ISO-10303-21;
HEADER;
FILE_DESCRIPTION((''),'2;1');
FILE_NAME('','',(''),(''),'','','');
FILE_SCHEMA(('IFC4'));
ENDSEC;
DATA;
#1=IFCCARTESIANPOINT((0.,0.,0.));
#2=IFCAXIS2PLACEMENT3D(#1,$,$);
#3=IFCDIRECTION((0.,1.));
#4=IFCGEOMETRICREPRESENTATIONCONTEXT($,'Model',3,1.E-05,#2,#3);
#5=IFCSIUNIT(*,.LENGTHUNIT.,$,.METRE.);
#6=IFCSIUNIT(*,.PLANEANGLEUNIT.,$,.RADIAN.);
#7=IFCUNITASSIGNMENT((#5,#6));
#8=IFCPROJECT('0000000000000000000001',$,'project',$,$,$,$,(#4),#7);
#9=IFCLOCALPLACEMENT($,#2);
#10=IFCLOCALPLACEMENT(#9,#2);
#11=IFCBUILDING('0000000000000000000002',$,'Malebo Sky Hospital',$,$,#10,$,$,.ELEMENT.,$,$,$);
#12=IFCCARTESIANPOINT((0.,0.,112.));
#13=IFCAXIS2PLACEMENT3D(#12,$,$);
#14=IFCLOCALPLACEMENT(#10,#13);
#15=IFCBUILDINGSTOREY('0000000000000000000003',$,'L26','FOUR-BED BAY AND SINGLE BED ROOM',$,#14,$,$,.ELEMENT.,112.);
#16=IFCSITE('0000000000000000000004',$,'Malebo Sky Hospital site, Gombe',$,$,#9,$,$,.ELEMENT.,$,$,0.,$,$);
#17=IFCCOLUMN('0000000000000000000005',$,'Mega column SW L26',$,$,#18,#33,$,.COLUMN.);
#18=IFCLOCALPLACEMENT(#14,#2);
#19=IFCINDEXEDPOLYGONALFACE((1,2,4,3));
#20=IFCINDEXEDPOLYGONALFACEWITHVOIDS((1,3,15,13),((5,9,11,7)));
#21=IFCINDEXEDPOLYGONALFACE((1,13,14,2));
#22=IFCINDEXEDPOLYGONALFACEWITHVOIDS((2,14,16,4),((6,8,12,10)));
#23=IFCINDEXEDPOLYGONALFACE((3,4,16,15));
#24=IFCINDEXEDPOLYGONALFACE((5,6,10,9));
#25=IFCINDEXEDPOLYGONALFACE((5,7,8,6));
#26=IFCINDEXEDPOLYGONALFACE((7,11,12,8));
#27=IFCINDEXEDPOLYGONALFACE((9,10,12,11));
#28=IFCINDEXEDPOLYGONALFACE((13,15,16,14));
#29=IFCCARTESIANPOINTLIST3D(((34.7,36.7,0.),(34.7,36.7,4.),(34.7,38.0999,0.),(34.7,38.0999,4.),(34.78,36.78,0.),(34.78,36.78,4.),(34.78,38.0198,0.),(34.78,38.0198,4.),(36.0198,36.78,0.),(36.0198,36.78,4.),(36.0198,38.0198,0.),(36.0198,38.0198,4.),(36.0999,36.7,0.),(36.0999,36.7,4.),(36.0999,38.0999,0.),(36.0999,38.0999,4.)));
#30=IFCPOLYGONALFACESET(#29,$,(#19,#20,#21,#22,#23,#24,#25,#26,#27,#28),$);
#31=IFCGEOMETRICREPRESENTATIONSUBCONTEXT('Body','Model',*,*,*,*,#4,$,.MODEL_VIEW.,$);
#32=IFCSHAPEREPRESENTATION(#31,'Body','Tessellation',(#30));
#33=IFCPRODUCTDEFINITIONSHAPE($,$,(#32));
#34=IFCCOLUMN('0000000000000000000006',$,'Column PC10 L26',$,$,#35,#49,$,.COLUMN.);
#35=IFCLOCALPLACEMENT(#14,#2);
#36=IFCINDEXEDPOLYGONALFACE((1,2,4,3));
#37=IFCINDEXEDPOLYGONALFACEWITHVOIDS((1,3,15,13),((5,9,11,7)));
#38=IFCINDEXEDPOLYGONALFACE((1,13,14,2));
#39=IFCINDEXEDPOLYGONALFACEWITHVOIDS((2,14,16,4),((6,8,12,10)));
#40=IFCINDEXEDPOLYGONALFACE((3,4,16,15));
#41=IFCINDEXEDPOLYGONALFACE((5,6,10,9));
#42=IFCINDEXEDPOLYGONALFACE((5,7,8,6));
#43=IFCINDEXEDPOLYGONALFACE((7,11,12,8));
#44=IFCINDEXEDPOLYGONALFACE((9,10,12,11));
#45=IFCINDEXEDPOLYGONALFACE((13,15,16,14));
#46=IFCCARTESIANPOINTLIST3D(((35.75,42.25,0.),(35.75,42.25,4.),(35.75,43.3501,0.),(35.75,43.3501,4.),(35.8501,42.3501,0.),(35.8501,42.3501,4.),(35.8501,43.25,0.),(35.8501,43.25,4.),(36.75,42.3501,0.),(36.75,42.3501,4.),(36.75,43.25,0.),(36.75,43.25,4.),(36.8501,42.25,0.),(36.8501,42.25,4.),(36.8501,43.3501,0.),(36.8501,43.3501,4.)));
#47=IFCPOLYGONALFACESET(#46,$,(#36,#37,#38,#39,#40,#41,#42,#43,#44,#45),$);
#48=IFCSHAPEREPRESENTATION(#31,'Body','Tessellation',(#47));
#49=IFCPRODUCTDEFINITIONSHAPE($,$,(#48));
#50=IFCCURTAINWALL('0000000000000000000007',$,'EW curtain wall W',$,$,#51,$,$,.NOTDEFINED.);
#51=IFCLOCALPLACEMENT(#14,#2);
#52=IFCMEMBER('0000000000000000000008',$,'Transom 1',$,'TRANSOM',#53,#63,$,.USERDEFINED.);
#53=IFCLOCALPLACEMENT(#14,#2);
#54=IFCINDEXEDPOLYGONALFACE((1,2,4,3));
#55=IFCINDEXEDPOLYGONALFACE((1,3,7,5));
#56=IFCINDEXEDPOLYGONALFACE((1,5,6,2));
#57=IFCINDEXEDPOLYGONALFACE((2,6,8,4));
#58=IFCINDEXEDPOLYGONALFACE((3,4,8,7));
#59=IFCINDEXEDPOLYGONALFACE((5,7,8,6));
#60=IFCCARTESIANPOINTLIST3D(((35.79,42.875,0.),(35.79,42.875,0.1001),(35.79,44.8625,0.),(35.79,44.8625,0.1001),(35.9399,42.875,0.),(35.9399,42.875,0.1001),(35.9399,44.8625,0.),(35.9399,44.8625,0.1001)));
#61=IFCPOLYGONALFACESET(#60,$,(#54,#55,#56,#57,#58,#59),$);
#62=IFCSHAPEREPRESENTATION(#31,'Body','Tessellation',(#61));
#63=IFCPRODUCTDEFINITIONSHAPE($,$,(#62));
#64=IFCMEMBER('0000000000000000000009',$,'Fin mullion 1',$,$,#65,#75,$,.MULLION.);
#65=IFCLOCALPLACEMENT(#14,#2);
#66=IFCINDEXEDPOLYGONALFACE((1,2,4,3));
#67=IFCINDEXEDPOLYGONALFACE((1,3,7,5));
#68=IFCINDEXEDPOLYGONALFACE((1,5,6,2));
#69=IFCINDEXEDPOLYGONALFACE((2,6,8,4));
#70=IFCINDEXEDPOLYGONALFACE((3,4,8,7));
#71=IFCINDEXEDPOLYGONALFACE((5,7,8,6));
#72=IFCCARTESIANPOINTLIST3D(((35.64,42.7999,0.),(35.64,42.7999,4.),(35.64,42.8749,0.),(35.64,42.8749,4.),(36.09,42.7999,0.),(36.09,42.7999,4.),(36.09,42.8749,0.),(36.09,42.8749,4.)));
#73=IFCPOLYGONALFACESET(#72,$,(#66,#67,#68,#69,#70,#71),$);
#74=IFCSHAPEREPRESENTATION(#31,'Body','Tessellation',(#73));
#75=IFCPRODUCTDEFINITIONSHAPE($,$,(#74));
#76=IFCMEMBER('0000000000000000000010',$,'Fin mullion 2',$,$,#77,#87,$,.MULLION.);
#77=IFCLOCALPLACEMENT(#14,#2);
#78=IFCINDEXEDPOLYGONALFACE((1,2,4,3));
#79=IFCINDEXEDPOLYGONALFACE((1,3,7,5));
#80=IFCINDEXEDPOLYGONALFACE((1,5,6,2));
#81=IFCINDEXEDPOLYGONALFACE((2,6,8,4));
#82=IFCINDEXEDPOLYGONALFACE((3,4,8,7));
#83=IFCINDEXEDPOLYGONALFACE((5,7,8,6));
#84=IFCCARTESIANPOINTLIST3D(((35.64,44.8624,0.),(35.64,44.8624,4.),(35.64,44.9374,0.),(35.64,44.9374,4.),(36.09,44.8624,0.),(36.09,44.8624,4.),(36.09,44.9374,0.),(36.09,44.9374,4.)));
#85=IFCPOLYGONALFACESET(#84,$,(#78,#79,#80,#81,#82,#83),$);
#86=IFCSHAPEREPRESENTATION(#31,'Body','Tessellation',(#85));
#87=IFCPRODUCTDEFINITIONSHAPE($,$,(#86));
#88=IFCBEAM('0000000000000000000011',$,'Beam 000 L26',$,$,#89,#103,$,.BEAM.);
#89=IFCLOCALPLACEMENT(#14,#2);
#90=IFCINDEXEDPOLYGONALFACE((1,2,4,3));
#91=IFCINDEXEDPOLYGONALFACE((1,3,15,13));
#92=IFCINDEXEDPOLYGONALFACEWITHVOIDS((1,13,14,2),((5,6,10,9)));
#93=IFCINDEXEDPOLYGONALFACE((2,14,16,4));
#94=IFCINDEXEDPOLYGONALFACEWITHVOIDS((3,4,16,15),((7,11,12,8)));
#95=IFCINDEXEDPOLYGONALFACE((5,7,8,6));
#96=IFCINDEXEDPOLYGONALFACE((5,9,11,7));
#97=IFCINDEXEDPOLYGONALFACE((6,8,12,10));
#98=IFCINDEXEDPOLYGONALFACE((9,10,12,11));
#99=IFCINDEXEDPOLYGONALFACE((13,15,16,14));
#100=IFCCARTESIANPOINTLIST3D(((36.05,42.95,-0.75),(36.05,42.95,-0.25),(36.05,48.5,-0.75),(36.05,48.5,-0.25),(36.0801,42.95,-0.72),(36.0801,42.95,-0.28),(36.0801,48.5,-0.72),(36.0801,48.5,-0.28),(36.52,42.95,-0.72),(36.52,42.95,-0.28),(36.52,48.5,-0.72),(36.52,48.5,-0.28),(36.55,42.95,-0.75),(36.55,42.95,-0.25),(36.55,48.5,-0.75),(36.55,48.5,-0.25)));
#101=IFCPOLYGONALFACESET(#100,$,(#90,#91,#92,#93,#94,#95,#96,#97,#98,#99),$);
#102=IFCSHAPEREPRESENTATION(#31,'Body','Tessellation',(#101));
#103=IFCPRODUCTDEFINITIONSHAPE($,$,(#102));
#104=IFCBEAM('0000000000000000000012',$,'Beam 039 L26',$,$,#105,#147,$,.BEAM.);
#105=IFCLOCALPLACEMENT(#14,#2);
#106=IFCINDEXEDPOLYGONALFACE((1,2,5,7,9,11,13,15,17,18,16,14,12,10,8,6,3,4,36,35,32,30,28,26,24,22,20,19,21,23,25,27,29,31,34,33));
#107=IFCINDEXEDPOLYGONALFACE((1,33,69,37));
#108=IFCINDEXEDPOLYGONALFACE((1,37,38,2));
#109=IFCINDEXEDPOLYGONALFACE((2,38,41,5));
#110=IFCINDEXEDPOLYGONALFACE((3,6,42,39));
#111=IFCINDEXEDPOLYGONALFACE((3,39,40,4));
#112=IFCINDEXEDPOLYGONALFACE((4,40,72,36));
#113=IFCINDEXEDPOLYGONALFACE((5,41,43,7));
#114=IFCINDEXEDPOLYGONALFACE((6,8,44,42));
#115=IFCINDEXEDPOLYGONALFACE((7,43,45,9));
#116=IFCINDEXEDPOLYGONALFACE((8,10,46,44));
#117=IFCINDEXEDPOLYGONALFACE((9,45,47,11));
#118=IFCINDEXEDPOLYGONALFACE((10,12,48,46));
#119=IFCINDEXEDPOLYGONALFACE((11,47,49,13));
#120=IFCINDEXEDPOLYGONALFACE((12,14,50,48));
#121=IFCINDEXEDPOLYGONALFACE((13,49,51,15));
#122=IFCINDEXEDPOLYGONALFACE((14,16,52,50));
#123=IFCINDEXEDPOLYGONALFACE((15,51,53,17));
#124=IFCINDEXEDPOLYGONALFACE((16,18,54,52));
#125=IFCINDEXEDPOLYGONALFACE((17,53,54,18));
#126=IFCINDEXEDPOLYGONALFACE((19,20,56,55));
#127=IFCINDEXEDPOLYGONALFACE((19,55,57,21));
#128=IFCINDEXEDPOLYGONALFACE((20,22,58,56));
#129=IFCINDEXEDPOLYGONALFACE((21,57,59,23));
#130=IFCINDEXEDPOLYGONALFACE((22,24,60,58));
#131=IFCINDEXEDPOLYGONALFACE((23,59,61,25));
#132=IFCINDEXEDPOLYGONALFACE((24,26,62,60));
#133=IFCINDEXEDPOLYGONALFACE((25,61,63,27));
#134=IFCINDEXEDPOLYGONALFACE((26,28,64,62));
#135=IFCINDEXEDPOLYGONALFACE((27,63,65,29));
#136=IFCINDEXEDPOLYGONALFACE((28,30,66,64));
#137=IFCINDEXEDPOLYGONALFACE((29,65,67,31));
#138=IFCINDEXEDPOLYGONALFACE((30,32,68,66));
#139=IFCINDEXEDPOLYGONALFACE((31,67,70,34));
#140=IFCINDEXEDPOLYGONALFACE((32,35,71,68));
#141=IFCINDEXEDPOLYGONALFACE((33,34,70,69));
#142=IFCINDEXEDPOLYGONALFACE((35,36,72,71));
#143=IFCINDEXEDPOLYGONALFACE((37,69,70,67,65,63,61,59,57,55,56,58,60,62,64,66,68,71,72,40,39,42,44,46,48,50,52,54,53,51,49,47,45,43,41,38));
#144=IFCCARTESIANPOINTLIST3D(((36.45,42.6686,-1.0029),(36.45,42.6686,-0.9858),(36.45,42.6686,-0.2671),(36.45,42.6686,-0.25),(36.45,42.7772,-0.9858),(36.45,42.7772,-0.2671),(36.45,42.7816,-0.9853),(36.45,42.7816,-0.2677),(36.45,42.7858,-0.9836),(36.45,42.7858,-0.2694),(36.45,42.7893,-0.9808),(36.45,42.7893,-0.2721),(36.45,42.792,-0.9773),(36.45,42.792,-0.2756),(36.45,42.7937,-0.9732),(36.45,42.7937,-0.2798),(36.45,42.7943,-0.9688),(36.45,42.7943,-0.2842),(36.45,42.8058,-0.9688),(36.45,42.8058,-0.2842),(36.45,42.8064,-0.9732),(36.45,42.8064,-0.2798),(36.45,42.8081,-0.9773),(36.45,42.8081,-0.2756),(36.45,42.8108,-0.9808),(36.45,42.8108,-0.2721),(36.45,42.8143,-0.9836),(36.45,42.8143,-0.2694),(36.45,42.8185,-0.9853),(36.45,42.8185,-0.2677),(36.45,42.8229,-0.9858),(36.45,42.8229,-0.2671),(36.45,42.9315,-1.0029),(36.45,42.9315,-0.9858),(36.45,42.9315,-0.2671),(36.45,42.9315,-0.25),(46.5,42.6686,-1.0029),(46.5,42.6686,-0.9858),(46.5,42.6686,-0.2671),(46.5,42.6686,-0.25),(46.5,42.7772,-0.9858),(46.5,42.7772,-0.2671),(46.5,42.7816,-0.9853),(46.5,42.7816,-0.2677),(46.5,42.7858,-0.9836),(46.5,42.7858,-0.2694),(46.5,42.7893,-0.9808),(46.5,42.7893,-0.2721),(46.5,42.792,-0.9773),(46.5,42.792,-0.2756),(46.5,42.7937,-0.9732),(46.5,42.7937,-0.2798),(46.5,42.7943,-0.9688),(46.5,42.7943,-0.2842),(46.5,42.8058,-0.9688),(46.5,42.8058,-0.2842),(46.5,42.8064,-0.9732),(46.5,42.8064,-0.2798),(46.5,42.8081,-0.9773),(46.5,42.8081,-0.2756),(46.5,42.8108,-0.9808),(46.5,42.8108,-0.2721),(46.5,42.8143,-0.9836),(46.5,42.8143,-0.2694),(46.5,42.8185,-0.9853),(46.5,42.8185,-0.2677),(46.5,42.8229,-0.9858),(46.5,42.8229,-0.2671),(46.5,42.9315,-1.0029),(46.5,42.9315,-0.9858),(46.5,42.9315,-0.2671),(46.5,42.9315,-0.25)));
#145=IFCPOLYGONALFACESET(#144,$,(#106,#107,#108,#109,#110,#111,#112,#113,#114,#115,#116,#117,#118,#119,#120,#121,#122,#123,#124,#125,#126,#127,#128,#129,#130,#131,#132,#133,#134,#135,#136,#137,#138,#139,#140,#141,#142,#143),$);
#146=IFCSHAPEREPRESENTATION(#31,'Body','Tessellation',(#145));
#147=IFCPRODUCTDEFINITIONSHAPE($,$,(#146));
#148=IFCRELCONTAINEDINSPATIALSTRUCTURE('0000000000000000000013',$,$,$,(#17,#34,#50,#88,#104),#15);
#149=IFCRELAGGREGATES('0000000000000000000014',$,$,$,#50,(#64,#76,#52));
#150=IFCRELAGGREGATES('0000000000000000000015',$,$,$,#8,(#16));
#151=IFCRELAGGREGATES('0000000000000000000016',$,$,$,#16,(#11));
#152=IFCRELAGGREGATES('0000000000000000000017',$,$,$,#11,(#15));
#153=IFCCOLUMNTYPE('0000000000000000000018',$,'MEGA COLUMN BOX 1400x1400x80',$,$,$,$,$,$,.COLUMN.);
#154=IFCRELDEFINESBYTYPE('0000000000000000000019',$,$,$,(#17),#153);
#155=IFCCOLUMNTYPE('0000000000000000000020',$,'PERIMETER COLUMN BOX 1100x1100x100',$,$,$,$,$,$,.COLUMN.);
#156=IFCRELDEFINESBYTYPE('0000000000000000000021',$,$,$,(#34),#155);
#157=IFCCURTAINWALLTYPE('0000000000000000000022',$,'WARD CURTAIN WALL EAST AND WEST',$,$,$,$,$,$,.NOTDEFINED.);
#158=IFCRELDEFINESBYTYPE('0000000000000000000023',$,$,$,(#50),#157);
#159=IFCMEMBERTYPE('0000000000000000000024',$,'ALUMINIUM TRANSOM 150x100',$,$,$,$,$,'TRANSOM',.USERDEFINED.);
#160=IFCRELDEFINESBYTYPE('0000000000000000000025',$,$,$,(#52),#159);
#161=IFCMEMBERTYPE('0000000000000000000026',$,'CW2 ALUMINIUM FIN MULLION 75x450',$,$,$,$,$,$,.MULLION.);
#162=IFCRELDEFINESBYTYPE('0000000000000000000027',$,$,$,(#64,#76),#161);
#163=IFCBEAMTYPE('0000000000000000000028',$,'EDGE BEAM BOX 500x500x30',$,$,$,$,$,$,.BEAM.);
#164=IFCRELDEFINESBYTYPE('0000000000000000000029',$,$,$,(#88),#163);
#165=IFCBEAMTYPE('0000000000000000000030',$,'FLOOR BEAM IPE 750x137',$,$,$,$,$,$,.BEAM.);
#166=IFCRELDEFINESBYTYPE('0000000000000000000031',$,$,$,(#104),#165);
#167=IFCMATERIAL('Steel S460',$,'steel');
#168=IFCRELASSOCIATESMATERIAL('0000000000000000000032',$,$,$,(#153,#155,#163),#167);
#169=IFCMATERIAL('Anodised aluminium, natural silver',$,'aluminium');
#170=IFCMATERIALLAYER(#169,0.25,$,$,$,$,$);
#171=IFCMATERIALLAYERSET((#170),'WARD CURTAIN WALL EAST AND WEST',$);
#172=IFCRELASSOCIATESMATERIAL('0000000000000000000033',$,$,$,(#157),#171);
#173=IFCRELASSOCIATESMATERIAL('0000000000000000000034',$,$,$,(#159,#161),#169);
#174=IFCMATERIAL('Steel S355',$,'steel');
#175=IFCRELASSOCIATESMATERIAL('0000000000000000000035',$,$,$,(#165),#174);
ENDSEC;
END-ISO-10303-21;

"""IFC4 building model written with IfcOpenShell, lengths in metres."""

from ifc_helpers import new_model, si_unit, direction, frame, origin, origin_2d, place, context, subcontext, project, spatial, rectangle, hollow_rectangle, i_section, extrude, material, layer, layer_set, material_profile, profile_set, type_object, element, aggregate, save


model = new_model("IFC4")

# Units and contexts
model_context = context("Model", 3, precision=1e-05, world=origin(), true_north=direction((0.0, 1.0)))
body_context = subcontext(model_context, "Body", "Model", "MODEL_VIEW")
ifc_project = project(units=[si_unit("LENGTHUNIT", "METRE"), si_unit("PLANEANGLEUNIT", "RADIAN")], contexts=[model_context])

# Site, building, storey
site_placement = place(None, origin())
site = spatial("IfcSite", under=ifc_project, at=site_placement, Name="Malebo Sky Hospital site, Gombe", CompositionType="ELEMENT", RefElevation=0.0)
building_placement = place(site_placement, origin())
building = spatial("IfcBuilding", under=site, at=building_placement, Name="Malebo Sky Hospital", CompositionType="ELEMENT")
storey_placement = place(building_placement, frame((0.0, 0.0, 112.0)))
storey = spatial("IfcBuildingStorey", under=building, at=storey_placement, Name="L26", Description="FOUR-BED BAY AND SINGLE BED ROOM", CompositionType="ELEMENT", Elevation=112.0)

# Columns
ifc_material_1 = material(Name="Steel S460", Category="steel")
ifc_material_profile_1 = material_profile(ifc_material_1, hollow_rectangle(XDim=1.3999, YDim=1.3999, WallThickness=0.0801, at=origin_2d()), Name="BOX 1400x1400x80")
ifc_profile_set_1 = profile_set([ifc_material_profile_1], Name="Steel S460")
column_type_1 = type_object("IfcColumnType", Name="MEGA COLUMN BOX 1400x1400x80", PredefinedType="COLUMN", material=ifc_profile_set_1)
column_1_placement = place(storey_placement, frame((35.3999, 37.3999, 0.0), z_axis=(0.0, 0.0, 1.0), x_axis=(1.0, 0.0, 0.0)))
element("IfcColumn", 1, at=column_1_placement, inside=storey, type_object=column_type_1, Name="Mega column SW L26", PredefinedType="COLUMN", context=body_context, shape_type="SweptSolid", body=[
    extrude(hollow_rectangle(XDim=1.3999, YDim=1.3999, WallThickness=0.0801, at=origin_2d()), origin(), (0.0, 0.0, 1.0), 4.0),
])
ifc_material_profile_2 = material_profile(ifc_material_1, hollow_rectangle(XDim=1.1001, YDim=1.1001, WallThickness=0.1001, at=origin_2d()), Name="BOX 1100x1100x100")
ifc_profile_set_2 = profile_set([ifc_material_profile_2], Name="Steel S460")
column_type_2 = type_object("IfcColumnType", Name="PERIMETER COLUMN BOX 1100x1100x100", PredefinedType="COLUMN", material=ifc_profile_set_2)
column_2_placement = place(storey_placement, frame((36.3, 42.8, 0.0), z_axis=(0.0, 0.0, 1.0), x_axis=(1.0, 0.0, 0.0)))
element("IfcColumn", 2, at=column_2_placement, inside=storey, type_object=column_type_2, Name="Column PC10 L26", PredefinedType="COLUMN", context=body_context, shape_type="SweptSolid", body=[
    extrude(hollow_rectangle(XDim=1.1001, YDim=1.1001, WallThickness=0.1001, at=origin_2d()), origin(), (0.0, 0.0, 1.0), 4.0),
])

# Curtain wall, members
ifc_material_2 = material(Name="Anodised aluminium, natural silver", Category="aluminium")
ifc_layer_1 = layer(ifc_material_2, 0.25)
ifc_layer_set_1 = layer_set([ifc_layer_1], Name="WARD CURTAIN WALL EAST AND WEST")
curtain_wall_type = type_object("IfcCurtainWallType", Name="WARD CURTAIN WALL EAST AND WEST", PredefinedType="NOTDEFINED", material=ifc_layer_set_1)
curtain_wall_placement = place(storey_placement, origin())
curtain_wall = element("IfcCurtainWall", 3, at=curtain_wall_placement, inside=storey, type_object=curtain_wall_type, Name="EW curtain wall W", PredefinedType="NOTDEFINED")
ifc_material_profile_3 = material_profile(ifc_material_2, rectangle(XDim=0.1499, YDim=0.1001, at=origin_2d()), Name="ALUMINIUM TRANSOM 150x100")
ifc_profile_set_3 = profile_set([ifc_material_profile_3], Name="Anodised aluminium, natural silver")
member_type_1 = type_object("IfcMemberType", Name="ALUMINIUM TRANSOM 150x100", ElementType="TRANSOM", PredefinedType="USERDEFINED", material=ifc_profile_set_3)
member_1_placement = place(storey_placement, frame((35.865, 42.875, 0.05), z_axis=(0.0, 1.0, 0.0), x_axis=(-1.0, 0.0, 0.0)))
member_1 = element("IfcMember", 4, at=member_1_placement, type_object=member_type_1, Name="Transom 1", ObjectType="TRANSOM", PredefinedType="USERDEFINED", context=body_context, shape_type="SweptSolid", body=[
    extrude(rectangle(XDim=0.1499, YDim=0.1001, at=origin_2d()), origin(), (0.0, 0.0, 1.0), 1.9875),
])
ifc_material_profile_4 = material_profile(ifc_material_2, rectangle(XDim=0.075, YDim=0.45, at=origin_2d()), Name="CW2 ALUMINIUM FIN MULLION 75x450")
ifc_profile_set_4 = profile_set([ifc_material_profile_4], Name="Anodised aluminium, natural silver")
member_type_2 = type_object("IfcMemberType", Name="CW2 ALUMINIUM FIN MULLION 75x450", PredefinedType="MULLION", material=ifc_profile_set_4)
member_2_placement = place(storey_placement, frame((35.865, 42.8374, 0.0), z_axis=(0.0, 0.0, 1.0), x_axis=(0.0, 1.0, 0.0)))
member_2 = element("IfcMember", 5, at=member_2_placement, type_object=member_type_2, Name="Fin mullion 1", PredefinedType="MULLION", context=body_context, shape_type="SweptSolid", body=[
    extrude(rectangle(XDim=0.075, YDim=0.45, at=origin_2d()), origin(), (0.0, 0.0, 1.0), 4.0),
])
member_3_placement = place(storey_placement, frame((35.865, 44.8999, 0.0), z_axis=(0.0, 0.0, 1.0), x_axis=(0.0, 1.0, 0.0)))
member_3 = element("IfcMember", 6, at=member_3_placement, type_object=member_type_2, Name="Fin mullion 2", PredefinedType="MULLION", context=body_context, shape_type="SweptSolid", body=[
    extrude(rectangle(XDim=0.075, YDim=0.45, at=origin_2d()), origin(), (0.0, 0.0, 1.0), 4.0),
])

# Beams
ifc_material_profile_5 = material_profile(ifc_material_1, hollow_rectangle(XDim=0.5, YDim=0.5, WallThickness=0.03, at=origin_2d()), Name="BOX 500x500x30")
ifc_profile_set_5 = profile_set([ifc_material_profile_5], Name="Steel S460")
beam_type_1 = type_object("IfcBeamType", Name="EDGE BEAM BOX 500x500x30", PredefinedType="BEAM", material=ifc_profile_set_5)
beam_1_placement = place(storey_placement, frame((36.3, 42.95, -0.5), z_axis=(0.0, 1.0, 0.0), x_axis=(-1.0, 0.0, 0.0)))
element("IfcBeam", 7, at=beam_1_placement, inside=storey, type_object=beam_type_1, Name="Beam 000 L26", PredefinedType="BEAM", context=body_context, shape_type="SweptSolid", body=[
    extrude(hollow_rectangle(XDim=0.5, YDim=0.5, WallThickness=0.03, at=origin_2d()), origin(), (0.0, 0.0, 1.0), 5.55),
])
ifc_material_3 = material(Name="Steel S355", Category="steel")
ifc_material_profile_6 = material_profile(ifc_material_3, i_section(OverallWidth=0.2629, OverallDepth=0.7529, WebThickness=0.0115, FlangeThickness=0.0171, FilletRadius=0.0171, at=origin_2d()), Name="IPE 750x137")
ifc_profile_set_6 = profile_set([ifc_material_profile_6], Name="Steel S355")
beam_type_2 = type_object("IfcBeamType", Name="FLOOR BEAM IPE 750x137", PredefinedType="BEAM", material=ifc_profile_set_6)
beam_2_placement = place(storey_placement, frame((36.45, 42.8, -0.6265), z_axis=(1.0, 0.0, 0.0), x_axis=(0.0, 1.0, 0.0)))
element("IfcBeam", 8, at=beam_2_placement, inside=storey, type_object=beam_type_2, Name="Beam 039 L26", PredefinedType="BEAM", context=body_context, shape_type="SweptSolid", body=[
    extrude(i_section(OverallWidth=0.2629, OverallDepth=0.7529, WebThickness=0.0115, FlangeThickness=0.0171, FilletRadius=0.0171, at=origin_2d()), origin(), (0.0, 0.0, 1.0), 10.05),
])

aggregate(curtain_wall, [member_2, member_3, member_1])

save(model, "model.ifc")
